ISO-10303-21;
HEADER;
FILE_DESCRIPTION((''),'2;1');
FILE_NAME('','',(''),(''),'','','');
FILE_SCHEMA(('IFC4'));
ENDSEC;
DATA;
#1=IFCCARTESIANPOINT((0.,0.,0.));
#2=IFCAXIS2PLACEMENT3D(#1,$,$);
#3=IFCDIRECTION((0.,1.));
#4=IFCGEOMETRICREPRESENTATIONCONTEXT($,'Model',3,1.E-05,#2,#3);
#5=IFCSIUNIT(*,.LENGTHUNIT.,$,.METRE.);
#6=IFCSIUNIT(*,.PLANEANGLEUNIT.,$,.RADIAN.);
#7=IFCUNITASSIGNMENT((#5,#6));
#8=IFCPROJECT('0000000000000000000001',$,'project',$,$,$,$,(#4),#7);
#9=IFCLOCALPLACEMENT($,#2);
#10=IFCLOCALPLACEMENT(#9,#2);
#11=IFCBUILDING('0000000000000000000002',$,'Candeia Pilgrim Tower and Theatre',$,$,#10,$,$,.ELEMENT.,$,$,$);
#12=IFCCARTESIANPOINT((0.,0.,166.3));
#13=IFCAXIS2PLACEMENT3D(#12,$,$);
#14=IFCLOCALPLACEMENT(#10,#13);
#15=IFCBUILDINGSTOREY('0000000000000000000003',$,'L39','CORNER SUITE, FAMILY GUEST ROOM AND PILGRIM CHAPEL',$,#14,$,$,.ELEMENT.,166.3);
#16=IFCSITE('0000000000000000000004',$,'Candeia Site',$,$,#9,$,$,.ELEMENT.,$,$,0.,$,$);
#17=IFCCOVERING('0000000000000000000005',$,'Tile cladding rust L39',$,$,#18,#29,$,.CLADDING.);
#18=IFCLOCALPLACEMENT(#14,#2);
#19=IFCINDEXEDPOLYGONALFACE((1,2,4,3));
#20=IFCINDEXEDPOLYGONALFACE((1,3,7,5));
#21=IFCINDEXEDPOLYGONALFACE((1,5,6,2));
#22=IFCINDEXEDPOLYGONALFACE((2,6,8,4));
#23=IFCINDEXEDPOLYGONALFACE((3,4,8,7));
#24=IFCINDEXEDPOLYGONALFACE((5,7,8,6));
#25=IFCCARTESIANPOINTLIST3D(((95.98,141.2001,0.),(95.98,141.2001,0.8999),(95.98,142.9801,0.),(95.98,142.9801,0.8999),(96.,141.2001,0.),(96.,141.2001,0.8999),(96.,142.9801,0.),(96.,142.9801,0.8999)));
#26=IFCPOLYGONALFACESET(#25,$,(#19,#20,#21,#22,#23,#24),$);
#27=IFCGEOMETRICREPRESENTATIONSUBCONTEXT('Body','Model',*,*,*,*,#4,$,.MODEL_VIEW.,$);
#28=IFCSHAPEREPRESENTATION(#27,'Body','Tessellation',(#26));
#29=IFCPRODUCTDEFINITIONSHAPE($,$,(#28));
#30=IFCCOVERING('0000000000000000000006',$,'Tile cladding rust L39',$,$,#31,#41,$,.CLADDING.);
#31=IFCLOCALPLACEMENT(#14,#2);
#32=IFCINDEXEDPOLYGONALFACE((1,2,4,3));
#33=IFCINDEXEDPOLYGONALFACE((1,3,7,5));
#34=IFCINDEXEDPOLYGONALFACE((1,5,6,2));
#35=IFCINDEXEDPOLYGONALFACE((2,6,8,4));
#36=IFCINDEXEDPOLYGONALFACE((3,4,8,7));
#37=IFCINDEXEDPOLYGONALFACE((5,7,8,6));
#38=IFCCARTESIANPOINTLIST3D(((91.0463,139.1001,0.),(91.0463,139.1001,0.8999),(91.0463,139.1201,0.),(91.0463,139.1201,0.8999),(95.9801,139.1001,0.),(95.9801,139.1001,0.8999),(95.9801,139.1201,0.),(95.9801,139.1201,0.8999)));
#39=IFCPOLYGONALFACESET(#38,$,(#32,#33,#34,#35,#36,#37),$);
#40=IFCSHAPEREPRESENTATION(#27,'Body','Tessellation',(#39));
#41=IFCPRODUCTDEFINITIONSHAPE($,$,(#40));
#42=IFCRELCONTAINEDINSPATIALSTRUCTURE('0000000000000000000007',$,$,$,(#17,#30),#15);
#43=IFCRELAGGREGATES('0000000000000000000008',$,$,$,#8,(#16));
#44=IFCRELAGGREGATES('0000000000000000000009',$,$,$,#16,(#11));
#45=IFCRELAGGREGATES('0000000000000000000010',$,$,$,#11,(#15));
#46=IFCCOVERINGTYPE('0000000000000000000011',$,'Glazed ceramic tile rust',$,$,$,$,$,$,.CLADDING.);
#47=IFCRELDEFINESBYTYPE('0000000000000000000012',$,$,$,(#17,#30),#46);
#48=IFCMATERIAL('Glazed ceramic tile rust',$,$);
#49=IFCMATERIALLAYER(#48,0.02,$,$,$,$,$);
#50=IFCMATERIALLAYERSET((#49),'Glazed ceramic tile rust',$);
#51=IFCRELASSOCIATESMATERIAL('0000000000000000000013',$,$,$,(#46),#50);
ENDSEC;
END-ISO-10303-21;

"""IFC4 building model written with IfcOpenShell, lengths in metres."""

from ifc_helpers import new_model, si_unit, direction, frame, origin, origin_2d, place, context, subcontext, project, spatial, rectangle, extrude, material, layer, layer_set, type_object, element, save


model = new_model("IFC4")

# Units and contexts
model_context = context("Model", 3, precision=1e-05, world=origin(), true_north=direction((0.0, 1.0)))
body_context = subcontext(model_context, "Body", "Model", "MODEL_VIEW")
ifc_project = project(units=[si_unit("LENGTHUNIT", "METRE"), si_unit("PLANEANGLEUNIT", "RADIAN")], contexts=[model_context])

# Site, building, storey
site_placement = place(None, origin())
site = spatial("IfcSite", under=ifc_project, at=site_placement, Name="Candeia Site", CompositionType="ELEMENT", RefElevation=0.0)
building_placement = place(site_placement, origin())
building = spatial("IfcBuilding", under=site, at=building_placement, Name="Candeia Pilgrim Tower and Theatre", CompositionType="ELEMENT")
storey_placement = place(building_placement, frame((0.0, 0.0, 166.3)))
storey = spatial("IfcBuildingStorey", under=building, at=storey_placement, Name="L39", Description="CORNER SUITE, FAMILY GUEST ROOM AND PILGRIM CHAPEL", CompositionType="ELEMENT", Elevation=166.3)

# Coverings
ifc_material_1 = material(Name="Glazed ceramic tile rust")
ifc_layer_1 = layer(ifc_material_1, 0.02)
ifc_layer_set_1 = layer_set([ifc_layer_1], Name="Glazed ceramic tile rust")
covering_type_1 = type_object("IfcCoveringType", Name="Glazed ceramic tile rust", PredefinedType="CLADDING", material=ifc_layer_set_1)
covering_1_placement = place(storey_placement, frame((95.99, 142.0901, 0.0), z_axis=(0.0, 0.0, 1.0), x_axis=(0.0, -1.0, 0.0)))
element("IfcCovering", 1, at=covering_1_placement, inside=storey, type_object=covering_type_1, Name="Tile cladding rust L39", PredefinedType="CLADDING", context=body_context, shape_type="SweptSolid", body=[
    extrude(rectangle(XDim=1.78, YDim=0.02, at=origin_2d()), origin(), (0.0, 0.0, 1.0), 0.8999),
])
covering_2_placement = place(storey_placement, frame((93.5132, 139.1101, 0.0), z_axis=(0.0, 0.0, 1.0), x_axis=(-1.0, 0.0, 0.0)))
element("IfcCovering", 2, at=covering_2_placement, inside=storey, type_object=covering_type_1, Name="Tile cladding rust L39", PredefinedType="CLADDING", context=body_context, shape_type="SweptSolid", body=[
    extrude(rectangle(XDim=4.9338, YDim=0.02, at=origin_2d()), origin(), (0.0, 0.0, 1.0), 0.8999),
])

save(model, "model.ifc")
